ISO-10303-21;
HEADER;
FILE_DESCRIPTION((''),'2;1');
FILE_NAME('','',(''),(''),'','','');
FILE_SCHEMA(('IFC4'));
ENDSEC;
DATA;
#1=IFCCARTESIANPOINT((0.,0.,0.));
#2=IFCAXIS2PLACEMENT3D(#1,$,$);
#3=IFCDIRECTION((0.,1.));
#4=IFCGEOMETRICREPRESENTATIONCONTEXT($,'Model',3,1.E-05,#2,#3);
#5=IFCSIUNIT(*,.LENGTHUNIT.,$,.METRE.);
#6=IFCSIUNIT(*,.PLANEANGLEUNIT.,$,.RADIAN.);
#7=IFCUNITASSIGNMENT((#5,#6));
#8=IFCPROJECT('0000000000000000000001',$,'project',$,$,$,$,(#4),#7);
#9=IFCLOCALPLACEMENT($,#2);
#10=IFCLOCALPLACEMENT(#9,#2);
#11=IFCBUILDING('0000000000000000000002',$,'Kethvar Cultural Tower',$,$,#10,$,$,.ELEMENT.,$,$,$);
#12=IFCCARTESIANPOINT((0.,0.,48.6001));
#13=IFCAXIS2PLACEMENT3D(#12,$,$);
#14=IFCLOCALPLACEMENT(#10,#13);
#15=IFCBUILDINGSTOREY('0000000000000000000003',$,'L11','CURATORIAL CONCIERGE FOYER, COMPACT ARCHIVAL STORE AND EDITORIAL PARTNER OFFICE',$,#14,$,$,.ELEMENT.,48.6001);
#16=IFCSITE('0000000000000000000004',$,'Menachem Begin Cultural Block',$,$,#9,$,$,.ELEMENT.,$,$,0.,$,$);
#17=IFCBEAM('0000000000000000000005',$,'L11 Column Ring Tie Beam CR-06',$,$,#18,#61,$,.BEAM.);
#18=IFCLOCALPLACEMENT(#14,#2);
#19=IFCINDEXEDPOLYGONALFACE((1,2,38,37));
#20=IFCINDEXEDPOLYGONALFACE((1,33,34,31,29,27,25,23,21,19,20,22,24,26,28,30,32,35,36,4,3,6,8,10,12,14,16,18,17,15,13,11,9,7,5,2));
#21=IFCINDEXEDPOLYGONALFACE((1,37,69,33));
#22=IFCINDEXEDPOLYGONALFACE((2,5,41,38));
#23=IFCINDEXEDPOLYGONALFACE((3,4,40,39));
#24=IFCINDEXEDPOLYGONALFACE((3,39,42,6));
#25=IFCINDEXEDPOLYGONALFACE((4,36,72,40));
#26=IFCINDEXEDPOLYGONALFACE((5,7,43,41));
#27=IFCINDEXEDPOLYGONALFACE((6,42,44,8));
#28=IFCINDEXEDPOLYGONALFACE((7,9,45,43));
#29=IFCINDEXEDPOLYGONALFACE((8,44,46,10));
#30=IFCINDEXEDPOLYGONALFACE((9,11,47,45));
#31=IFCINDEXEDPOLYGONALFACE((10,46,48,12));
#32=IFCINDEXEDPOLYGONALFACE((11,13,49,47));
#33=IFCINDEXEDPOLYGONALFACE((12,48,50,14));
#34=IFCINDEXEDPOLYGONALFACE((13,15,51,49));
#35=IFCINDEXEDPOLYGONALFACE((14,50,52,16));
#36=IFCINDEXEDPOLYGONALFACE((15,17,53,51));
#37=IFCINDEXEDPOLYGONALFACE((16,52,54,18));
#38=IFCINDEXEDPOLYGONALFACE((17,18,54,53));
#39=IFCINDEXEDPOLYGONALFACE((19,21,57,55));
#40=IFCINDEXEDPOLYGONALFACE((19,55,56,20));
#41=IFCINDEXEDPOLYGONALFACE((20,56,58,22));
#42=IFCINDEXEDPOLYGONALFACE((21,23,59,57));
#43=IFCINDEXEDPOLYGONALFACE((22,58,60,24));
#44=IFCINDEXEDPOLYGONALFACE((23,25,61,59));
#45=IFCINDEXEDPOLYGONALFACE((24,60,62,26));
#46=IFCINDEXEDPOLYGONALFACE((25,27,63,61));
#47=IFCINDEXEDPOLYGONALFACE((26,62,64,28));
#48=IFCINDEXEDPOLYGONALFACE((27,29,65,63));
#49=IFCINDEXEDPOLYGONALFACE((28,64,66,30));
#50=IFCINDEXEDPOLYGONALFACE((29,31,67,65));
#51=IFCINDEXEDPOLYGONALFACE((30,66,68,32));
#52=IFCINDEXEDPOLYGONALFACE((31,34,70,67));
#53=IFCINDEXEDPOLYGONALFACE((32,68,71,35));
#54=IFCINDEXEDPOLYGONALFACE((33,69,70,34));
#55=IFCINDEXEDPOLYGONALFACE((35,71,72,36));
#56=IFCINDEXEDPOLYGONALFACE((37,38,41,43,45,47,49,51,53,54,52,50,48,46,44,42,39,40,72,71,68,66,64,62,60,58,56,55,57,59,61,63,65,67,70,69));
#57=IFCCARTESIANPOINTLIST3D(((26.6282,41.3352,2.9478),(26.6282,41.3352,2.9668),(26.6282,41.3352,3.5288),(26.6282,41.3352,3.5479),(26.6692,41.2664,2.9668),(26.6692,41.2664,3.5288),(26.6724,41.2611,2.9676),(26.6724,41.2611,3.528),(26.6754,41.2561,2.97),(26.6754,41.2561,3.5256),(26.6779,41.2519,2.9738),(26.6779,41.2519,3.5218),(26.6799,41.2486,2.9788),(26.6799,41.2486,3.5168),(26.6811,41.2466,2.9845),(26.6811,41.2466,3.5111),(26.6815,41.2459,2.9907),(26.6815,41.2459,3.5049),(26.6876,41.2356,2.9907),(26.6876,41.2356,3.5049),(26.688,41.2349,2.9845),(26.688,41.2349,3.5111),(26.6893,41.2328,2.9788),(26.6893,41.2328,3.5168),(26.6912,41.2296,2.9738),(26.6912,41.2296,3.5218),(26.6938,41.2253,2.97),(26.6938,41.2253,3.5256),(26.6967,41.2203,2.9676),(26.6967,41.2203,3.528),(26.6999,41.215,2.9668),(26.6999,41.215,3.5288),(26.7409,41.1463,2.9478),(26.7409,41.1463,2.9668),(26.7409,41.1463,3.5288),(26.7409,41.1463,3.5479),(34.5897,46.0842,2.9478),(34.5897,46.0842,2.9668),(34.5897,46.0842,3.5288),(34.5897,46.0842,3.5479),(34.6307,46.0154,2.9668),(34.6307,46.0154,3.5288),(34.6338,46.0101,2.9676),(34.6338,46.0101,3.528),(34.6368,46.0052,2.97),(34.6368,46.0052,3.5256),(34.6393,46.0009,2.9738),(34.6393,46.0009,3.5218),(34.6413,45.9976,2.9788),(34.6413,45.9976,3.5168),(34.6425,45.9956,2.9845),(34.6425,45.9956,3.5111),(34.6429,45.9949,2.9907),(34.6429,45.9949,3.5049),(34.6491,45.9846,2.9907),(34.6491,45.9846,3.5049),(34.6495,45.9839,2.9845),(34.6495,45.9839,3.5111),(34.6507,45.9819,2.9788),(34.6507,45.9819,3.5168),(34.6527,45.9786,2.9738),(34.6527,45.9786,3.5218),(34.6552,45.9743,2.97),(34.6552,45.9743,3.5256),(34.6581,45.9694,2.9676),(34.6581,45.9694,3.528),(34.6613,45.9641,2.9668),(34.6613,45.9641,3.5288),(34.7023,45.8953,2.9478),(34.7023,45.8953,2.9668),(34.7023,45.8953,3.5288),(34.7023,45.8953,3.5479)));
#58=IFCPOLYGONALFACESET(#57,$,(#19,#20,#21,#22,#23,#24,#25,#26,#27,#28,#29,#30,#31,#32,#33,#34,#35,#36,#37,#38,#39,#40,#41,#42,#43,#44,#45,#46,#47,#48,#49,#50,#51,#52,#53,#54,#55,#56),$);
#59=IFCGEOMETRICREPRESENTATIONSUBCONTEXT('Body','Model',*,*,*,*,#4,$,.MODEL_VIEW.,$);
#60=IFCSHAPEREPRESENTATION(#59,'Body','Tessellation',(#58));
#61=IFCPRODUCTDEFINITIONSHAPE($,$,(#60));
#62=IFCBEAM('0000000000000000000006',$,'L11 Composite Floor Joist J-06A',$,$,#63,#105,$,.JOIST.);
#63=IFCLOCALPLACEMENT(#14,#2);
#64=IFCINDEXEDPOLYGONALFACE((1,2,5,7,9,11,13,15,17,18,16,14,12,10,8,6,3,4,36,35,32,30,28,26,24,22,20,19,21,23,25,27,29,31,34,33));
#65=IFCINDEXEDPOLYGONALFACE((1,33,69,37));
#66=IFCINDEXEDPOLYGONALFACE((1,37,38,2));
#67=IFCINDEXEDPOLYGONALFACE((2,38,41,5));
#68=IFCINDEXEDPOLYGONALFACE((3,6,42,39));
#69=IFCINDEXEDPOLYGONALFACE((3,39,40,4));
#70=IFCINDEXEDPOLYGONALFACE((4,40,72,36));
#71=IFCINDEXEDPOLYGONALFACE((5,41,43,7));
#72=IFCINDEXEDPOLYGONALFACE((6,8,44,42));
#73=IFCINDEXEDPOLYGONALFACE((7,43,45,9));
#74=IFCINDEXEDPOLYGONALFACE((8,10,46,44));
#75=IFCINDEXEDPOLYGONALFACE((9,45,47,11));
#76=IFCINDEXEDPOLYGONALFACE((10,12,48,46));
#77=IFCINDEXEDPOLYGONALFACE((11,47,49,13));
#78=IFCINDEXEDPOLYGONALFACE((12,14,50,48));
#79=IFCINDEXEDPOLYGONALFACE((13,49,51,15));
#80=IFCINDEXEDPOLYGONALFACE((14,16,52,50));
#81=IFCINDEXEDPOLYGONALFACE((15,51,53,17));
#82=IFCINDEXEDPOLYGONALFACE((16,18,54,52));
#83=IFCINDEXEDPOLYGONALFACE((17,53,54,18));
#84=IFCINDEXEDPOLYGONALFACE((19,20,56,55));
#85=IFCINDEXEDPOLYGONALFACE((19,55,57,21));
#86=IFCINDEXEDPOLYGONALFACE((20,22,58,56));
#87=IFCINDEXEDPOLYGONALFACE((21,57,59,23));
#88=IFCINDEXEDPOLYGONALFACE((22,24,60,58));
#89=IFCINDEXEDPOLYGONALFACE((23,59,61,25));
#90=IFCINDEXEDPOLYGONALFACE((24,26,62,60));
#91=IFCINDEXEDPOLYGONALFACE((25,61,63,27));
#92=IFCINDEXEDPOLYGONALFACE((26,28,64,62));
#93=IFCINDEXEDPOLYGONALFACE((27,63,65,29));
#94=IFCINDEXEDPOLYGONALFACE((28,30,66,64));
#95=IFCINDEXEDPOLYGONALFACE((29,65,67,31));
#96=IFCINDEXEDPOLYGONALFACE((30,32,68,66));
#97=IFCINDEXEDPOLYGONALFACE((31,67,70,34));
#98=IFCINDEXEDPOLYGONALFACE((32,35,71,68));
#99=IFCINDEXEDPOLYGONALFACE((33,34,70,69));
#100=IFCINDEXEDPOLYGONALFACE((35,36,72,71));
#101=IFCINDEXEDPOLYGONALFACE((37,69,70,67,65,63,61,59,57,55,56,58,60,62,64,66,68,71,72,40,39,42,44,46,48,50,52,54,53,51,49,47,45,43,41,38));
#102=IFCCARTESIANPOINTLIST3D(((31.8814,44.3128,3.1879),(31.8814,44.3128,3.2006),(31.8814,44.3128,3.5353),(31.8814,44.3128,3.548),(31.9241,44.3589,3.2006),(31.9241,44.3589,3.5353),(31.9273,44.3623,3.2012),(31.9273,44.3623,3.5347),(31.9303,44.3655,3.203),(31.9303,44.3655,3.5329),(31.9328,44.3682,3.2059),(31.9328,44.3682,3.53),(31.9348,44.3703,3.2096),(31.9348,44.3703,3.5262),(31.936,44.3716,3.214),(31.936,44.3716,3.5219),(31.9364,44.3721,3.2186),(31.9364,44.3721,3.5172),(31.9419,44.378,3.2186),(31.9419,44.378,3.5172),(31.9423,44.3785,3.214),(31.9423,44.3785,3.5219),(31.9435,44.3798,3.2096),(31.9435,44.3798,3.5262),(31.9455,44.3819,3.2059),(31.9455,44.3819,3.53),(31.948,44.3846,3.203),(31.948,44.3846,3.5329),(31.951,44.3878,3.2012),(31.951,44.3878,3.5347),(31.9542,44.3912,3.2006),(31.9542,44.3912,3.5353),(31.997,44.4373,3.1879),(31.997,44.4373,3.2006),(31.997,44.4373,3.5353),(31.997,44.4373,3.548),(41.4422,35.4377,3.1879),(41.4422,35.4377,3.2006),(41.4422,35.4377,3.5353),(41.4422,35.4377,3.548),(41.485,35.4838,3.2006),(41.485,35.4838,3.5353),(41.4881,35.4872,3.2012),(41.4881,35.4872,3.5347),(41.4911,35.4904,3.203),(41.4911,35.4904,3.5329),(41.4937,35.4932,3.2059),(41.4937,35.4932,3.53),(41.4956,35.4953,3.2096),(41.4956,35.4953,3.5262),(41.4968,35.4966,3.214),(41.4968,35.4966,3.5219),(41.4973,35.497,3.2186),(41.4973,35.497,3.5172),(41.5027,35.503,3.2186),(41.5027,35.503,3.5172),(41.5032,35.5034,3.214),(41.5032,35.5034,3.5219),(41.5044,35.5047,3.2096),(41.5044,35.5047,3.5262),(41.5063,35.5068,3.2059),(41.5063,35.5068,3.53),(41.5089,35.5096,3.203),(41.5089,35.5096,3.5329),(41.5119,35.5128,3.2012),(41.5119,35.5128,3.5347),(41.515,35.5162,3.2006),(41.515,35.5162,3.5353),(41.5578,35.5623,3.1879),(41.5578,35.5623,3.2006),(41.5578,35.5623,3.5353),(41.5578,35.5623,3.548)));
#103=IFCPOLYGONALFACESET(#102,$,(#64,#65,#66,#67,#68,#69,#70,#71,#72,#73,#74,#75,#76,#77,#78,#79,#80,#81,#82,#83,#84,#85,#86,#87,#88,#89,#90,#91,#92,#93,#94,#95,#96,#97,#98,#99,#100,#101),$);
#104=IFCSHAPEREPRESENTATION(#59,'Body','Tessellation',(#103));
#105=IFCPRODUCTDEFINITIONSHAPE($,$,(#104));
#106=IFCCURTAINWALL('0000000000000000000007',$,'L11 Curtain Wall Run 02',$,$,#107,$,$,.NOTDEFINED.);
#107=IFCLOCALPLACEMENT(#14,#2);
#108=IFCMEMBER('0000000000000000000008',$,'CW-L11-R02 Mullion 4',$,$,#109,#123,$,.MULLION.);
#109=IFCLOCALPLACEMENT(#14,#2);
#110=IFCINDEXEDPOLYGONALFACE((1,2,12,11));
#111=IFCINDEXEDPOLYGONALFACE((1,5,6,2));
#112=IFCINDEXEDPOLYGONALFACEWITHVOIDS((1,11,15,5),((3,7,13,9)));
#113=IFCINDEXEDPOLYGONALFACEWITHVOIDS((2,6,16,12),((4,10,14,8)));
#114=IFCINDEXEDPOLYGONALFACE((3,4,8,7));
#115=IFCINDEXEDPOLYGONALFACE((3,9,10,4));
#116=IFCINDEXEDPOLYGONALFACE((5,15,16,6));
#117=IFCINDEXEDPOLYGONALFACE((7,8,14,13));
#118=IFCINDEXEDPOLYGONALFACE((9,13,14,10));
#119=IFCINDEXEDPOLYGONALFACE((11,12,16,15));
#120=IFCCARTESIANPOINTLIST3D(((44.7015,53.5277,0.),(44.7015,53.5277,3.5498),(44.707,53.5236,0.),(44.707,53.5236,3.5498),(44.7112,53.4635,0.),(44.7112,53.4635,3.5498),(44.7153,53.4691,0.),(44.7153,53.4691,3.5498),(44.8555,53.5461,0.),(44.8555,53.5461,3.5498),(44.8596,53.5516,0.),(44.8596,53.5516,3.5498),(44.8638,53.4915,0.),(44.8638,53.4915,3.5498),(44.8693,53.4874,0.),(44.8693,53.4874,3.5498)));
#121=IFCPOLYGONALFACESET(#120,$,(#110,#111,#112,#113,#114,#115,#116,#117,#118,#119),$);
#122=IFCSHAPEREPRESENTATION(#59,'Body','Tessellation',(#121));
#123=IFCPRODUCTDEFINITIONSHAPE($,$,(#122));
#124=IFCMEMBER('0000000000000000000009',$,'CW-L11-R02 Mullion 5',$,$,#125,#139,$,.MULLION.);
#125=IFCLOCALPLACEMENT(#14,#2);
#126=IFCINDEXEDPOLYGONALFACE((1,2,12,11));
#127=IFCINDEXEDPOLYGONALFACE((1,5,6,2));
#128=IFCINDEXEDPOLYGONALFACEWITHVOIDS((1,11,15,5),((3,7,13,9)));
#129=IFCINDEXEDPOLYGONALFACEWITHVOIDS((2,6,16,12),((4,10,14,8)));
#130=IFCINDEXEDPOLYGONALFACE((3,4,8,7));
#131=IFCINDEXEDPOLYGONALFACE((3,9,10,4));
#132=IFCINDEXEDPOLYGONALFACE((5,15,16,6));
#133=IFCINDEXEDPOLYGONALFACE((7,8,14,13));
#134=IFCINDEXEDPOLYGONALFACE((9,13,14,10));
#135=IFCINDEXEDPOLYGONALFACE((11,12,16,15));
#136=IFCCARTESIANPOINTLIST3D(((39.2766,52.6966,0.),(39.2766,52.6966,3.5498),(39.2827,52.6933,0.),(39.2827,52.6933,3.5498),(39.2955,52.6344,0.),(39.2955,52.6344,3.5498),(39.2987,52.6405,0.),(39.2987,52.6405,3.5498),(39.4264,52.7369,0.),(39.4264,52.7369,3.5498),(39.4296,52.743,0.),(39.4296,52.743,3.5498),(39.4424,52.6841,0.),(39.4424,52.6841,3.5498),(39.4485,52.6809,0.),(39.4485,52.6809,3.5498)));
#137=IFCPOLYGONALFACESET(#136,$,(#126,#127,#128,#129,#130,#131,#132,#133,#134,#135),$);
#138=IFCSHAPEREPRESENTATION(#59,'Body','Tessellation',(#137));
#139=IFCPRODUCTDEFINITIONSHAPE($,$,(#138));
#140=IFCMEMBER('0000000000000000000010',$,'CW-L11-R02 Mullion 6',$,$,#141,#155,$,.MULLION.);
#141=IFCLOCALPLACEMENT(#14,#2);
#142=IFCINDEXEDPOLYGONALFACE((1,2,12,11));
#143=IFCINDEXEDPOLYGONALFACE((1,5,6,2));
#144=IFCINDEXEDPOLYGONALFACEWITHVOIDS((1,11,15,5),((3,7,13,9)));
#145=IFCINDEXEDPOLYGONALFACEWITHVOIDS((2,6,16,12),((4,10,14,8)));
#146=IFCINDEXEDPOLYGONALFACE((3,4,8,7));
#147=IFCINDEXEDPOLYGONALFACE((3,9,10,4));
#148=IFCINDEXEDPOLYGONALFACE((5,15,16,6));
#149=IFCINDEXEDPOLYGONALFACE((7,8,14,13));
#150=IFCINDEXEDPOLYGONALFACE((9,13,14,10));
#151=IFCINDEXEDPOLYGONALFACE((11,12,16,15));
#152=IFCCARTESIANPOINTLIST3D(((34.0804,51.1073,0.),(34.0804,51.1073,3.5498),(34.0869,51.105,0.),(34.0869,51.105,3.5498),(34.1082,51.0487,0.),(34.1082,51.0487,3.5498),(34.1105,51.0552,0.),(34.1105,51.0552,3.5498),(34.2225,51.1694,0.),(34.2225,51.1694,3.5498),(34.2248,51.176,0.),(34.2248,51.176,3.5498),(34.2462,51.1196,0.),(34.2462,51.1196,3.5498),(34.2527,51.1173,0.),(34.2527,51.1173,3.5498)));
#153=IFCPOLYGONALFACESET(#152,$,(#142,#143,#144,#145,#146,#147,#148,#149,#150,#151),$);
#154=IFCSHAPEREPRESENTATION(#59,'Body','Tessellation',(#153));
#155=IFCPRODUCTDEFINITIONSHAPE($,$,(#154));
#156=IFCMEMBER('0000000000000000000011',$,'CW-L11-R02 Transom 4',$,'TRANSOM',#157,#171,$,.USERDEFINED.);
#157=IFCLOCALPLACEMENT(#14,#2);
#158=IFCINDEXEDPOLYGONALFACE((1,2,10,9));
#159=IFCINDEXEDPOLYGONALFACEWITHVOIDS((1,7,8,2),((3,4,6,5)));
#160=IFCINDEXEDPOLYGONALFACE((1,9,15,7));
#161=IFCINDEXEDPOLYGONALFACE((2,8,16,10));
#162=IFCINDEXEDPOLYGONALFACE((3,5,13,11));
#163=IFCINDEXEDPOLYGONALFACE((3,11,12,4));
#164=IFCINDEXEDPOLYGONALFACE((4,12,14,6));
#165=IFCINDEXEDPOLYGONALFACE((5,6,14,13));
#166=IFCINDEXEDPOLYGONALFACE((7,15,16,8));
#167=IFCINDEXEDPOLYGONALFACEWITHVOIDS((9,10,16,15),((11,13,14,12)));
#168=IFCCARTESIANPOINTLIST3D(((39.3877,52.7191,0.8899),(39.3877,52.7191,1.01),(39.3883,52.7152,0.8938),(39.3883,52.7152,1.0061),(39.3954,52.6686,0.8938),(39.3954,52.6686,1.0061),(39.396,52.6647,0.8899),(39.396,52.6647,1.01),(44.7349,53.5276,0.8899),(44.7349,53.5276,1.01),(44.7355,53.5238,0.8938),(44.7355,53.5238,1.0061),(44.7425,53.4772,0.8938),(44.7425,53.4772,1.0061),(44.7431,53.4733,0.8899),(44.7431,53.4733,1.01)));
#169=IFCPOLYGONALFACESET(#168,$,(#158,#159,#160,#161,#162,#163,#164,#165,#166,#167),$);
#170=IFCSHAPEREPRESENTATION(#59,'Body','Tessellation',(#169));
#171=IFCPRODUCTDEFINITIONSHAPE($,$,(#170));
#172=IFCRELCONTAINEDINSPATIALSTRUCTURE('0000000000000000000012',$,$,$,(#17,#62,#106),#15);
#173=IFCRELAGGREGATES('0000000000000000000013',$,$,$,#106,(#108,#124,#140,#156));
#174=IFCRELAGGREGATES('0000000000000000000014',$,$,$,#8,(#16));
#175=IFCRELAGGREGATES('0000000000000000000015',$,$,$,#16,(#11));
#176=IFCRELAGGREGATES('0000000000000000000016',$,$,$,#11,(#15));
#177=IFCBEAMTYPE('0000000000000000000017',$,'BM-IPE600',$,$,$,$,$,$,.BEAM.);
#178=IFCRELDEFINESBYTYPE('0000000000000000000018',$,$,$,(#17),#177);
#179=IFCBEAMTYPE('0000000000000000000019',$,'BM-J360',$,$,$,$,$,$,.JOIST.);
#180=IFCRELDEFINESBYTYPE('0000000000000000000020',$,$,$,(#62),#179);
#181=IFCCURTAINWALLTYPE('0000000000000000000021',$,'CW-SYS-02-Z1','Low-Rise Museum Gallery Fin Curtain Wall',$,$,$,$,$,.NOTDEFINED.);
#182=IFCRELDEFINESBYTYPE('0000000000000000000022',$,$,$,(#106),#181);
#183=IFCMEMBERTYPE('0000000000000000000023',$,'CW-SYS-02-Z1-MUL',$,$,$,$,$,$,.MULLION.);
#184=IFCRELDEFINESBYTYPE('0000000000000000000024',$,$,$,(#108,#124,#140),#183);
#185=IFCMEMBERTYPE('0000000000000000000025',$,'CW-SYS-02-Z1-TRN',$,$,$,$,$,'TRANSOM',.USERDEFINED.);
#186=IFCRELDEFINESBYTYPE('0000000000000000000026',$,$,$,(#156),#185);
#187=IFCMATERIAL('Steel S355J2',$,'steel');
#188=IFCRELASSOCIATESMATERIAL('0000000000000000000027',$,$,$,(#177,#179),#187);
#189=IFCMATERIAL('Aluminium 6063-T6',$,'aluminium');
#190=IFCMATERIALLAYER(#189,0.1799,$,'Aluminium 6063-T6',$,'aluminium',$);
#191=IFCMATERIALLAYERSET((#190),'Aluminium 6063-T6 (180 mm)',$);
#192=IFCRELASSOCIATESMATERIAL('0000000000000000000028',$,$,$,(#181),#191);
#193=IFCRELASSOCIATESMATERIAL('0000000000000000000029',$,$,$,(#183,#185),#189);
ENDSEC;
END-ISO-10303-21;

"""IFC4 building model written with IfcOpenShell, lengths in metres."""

from ifc_helpers import new_model, si_unit, direction, frame, origin, origin_2d, place, context, subcontext, project, spatial, hollow_rectangle, i_section, extrude, source, transform, mapped, material, layer, layer_set, material_profile, profile_set, type_object, element, aggregate, save


model = new_model("IFC4")

# Units and contexts
model_context = context("Model", 3, precision=1e-05, world=origin(), true_north=direction((0.0, 1.0)))
body_context = subcontext(model_context, "Body", "Model", "MODEL_VIEW")
ifc_project = project(units=[si_unit("LENGTHUNIT", "METRE"), si_unit("PLANEANGLEUNIT", "RADIAN")], contexts=[model_context])

# Site, building, storey
site_placement = place(None, origin())
site = spatial("IfcSite", under=ifc_project, at=site_placement, Name="Menachem Begin Cultural Block", CompositionType="ELEMENT", RefElevation=0.0)
building_placement = place(site_placement, origin())
building = spatial("IfcBuilding", under=site, at=building_placement, Name="Kethvar Cultural Tower", CompositionType="ELEMENT")
storey_placement = place(building_placement, frame((0.0, 0.0, 48.6001)))
storey = spatial("IfcBuildingStorey", under=building, at=storey_placement, Name="L11", Description="CURATORIAL CONCIERGE FOYER, COMPACT ARCHIVAL STORE AND EDITORIAL PARTNER OFFICE", CompositionType="ELEMENT", Elevation=48.6001)

# Beams
ifc_material_1 = material(Name="Steel S355J2", Category="steel")
ifc_material_profile_1 = material_profile(ifc_material_1, i_section(OverallWidth=0.22, OverallDepth=0.6001, WebThickness=0.012, FlangeThickness=0.019, FilletRadius=0.0239, at=origin_2d()), Name="Steel S355J2 — IPE600")
ifc_profile_set_1 = profile_set([ifc_material_profile_1], Name="Steel S355J2 — IPE600")
beam_type_1 = type_object("IfcBeamType", Name="BM-IPE600", PredefinedType="BEAM", material=ifc_profile_set_1)
ifc_material_profile_2 = material_profile(ifc_material_1, i_section(OverallWidth=0.1699, OverallDepth=0.3601, WebThickness=0.0081, FlangeThickness=0.0127, FilletRadius=0.0181, at=origin_2d()), Name="Steel S355J2 — IPE360")
ifc_profile_set_2 = profile_set([ifc_material_profile_2], Name="Steel S355J2 — IPE360")
beam_type_2 = type_object("IfcBeamType", Name="BM-J360", PredefinedType="JOIST", material=ifc_profile_set_2)
shared_shape_1 = source(origin(), body_context, "Body", "SweptSolid", [
    extrude(i_section(OverallWidth=0.22, OverallDepth=0.6001, WebThickness=0.012, FlangeThickness=0.019, FilletRadius=0.0239, at=origin_2d()), origin(), (0.0, 0.0, 1.0), 9.2703),
])
beam_1_placement = place(storey_placement, frame((34.646, 45.9897, 3.2478), z_axis=(-0.858815, -0.512286, 0.0), x_axis=(0.512286, -0.858815, 0.0)))
element("IfcBeam", 1, at=beam_1_placement, inside=storey, type_object=beam_type_1, Name="L11 Column Ring Tie Beam CR-06", PredefinedType="BEAM", context=body_context, shape_type="MappedRepresentation", body=[
    mapped(shared_shape_1, transform((0.0, 0.0, 0.0), scale=1.0)),
])
shared_shape_2 = source(origin(), body_context, "Body", "SweptSolid", [
    extrude(i_section(OverallWidth=0.1699, OverallDepth=0.3601, WebThickness=0.0081, FlangeThickness=0.0127, FilletRadius=0.0181, at=origin_2d()), origin(), (0.0, 0.0, 1.0), 13.0452),
])
beam_2_placement = place(storey_placement, frame((41.5, 35.5, 3.3679), z_axis=(-0.732903, 0.680333, 0.0), x_axis=(-0.680333, -0.732903, 0.0)))
element("IfcBeam", 2, at=beam_2_placement, inside=storey, type_object=beam_type_2, Name="L11 Composite Floor Joist J-06A", PredefinedType="JOIST", context=body_context, shape_type="MappedRepresentation", body=[
    mapped(shared_shape_2, transform((0.0, 0.0, 0.0), scale=1.0)),
])

# Curtain wall, members
ifc_material_2 = material(Name="Aluminium 6063-T6", Category="aluminium")
ifc_layer_1 = layer(ifc_material_2, 0.1799, Name="Aluminium 6063-T6", Category="aluminium")
ifc_layer_set_1 = layer_set([ifc_layer_1], Name="Aluminium 6063-T6 (180 mm)")
curtain_wall_type = type_object("IfcCurtainWallType", Name="CW-SYS-02-Z1", Description="Low-Rise Museum Gallery Fin Curtain Wall", PredefinedType="NOTDEFINED", material=ifc_layer_set_1)
curtain_wall_placement = place(storey_placement, origin())
curtain_wall = element("IfcCurtainWall", 3, at=curtain_wall_placement, inside=storey, type_object=curtain_wall_type, Name="L11 Curtain Wall Run 02", PredefinedType="NOTDEFINED")
ifc_material_profile_3 = material_profile(ifc_material_2, hollow_rectangle(XDim=0.0649, YDim=0.1599, WallThickness=0.0049, at=origin_2d()), Name="Aluminium 6063-T6 — RHS160x65x5")
ifc_profile_set_3 = profile_set([ifc_material_profile_3], Name="Aluminium 6063-T6 — RHS160x65x5")
member_type_1 = type_object("IfcMemberType", Name="CW-SYS-02-Z1-MUL", PredefinedType="MULLION", material=ifc_profile_set_3)
shared_shape_3 = source(origin(), body_context, "Body", "SweptSolid", [
    extrude(hollow_rectangle(XDim=0.0649, YDim=0.1599, WallThickness=0.0049, at=origin_2d()), origin(), (0.0, 0.0, 1.0), 3.5498),
])
member_1_placement = place(storey_placement, frame((44.7854, 53.5076, 0.0), z_axis=(0.0, 0.0, 1.0), x_axis=(0.14957, -0.988751, 0.0)))
member_1 = element("IfcMember", 4, at=member_1_placement, type_object=member_type_1, Name="CW-L11-R02 Mullion 4", PredefinedType="MULLION", context=body_context, shape_type="MappedRepresentation", body=[
    mapped(shared_shape_3, transform((0.0, 0.0, 0.0), scale=1.0)),
])
member_2_placement = place(storey_placement, frame((39.3625, 52.6887, 0.0), z_axis=(0.0, 0.0, 1.0), x_axis=(0.290518, -0.956869, 0.0)))
member_2 = element("IfcMember", 5, at=member_2_placement, type_object=member_type_1, Name="CW-L11-R02 Mullion 5", PredefinedType="MULLION", context=body_context, shape_type="MappedRepresentation", body=[
    mapped(shared_shape_3, transform((0.0, 0.0, 0.0), scale=1.0)),
])
member_3_placement = place(storey_placement, frame((34.1665, 51.1123, 0.0), z_axis=(0.0, 0.0, 1.0), x_axis=(0.429266, -0.903178, 0.0)))
member_3 = element("IfcMember", 6, at=member_3_placement, type_object=member_type_1, Name="CW-L11-R02 Mullion 6", PredefinedType="MULLION", context=body_context, shape_type="MappedRepresentation", body=[
    mapped(shared_shape_3, transform((0.0, 0.0, 0.0), scale=1.0)),
])
ifc_material_profile_4 = material_profile(ifc_material_2, hollow_rectangle(XDim=0.0549, YDim=0.1201, WallThickness=0.0039, at=origin_2d()), Name="Aluminium 6063-T6 — RHS120x55x4")
ifc_profile_set_4 = profile_set([ifc_material_profile_4], Name="Aluminium 6063-T6 — RHS120x55x4")
member_type_2 = type_object("IfcMemberType", Name="CW-SYS-02-Z1-TRN", ElementType="TRANSOM", PredefinedType="USERDEFINED", material=ifc_profile_set_4)
shared_shape_4 = source(origin(), body_context, "Body", "SweptSolid", [
    extrude(hollow_rectangle(XDim=0.0549, YDim=0.1201, WallThickness=0.0039, at=origin_2d()), origin(), (0.0, 0.0, 1.0), 5.408),
])
member_4_placement = place(storey_placement, frame((44.739, 53.5005, 0.95), z_axis=(-0.988759, -0.149519, 0.0), x_axis=(0.149519, -0.988759, 0.0)))
member_4 = element("IfcMember", 7, at=member_4_placement, type_object=member_type_2, Name="CW-L11-R02 Transom 4", ObjectType="TRANSOM", PredefinedType="USERDEFINED", context=body_context, shape_type="MappedRepresentation", body=[
    mapped(shared_shape_4, transform((0.0, 0.0, 0.0), scale=1.0)),
])
aggregate(curtain_wall, [member_1, member_2, member_3, member_4])

save(model, "model.ifc")
